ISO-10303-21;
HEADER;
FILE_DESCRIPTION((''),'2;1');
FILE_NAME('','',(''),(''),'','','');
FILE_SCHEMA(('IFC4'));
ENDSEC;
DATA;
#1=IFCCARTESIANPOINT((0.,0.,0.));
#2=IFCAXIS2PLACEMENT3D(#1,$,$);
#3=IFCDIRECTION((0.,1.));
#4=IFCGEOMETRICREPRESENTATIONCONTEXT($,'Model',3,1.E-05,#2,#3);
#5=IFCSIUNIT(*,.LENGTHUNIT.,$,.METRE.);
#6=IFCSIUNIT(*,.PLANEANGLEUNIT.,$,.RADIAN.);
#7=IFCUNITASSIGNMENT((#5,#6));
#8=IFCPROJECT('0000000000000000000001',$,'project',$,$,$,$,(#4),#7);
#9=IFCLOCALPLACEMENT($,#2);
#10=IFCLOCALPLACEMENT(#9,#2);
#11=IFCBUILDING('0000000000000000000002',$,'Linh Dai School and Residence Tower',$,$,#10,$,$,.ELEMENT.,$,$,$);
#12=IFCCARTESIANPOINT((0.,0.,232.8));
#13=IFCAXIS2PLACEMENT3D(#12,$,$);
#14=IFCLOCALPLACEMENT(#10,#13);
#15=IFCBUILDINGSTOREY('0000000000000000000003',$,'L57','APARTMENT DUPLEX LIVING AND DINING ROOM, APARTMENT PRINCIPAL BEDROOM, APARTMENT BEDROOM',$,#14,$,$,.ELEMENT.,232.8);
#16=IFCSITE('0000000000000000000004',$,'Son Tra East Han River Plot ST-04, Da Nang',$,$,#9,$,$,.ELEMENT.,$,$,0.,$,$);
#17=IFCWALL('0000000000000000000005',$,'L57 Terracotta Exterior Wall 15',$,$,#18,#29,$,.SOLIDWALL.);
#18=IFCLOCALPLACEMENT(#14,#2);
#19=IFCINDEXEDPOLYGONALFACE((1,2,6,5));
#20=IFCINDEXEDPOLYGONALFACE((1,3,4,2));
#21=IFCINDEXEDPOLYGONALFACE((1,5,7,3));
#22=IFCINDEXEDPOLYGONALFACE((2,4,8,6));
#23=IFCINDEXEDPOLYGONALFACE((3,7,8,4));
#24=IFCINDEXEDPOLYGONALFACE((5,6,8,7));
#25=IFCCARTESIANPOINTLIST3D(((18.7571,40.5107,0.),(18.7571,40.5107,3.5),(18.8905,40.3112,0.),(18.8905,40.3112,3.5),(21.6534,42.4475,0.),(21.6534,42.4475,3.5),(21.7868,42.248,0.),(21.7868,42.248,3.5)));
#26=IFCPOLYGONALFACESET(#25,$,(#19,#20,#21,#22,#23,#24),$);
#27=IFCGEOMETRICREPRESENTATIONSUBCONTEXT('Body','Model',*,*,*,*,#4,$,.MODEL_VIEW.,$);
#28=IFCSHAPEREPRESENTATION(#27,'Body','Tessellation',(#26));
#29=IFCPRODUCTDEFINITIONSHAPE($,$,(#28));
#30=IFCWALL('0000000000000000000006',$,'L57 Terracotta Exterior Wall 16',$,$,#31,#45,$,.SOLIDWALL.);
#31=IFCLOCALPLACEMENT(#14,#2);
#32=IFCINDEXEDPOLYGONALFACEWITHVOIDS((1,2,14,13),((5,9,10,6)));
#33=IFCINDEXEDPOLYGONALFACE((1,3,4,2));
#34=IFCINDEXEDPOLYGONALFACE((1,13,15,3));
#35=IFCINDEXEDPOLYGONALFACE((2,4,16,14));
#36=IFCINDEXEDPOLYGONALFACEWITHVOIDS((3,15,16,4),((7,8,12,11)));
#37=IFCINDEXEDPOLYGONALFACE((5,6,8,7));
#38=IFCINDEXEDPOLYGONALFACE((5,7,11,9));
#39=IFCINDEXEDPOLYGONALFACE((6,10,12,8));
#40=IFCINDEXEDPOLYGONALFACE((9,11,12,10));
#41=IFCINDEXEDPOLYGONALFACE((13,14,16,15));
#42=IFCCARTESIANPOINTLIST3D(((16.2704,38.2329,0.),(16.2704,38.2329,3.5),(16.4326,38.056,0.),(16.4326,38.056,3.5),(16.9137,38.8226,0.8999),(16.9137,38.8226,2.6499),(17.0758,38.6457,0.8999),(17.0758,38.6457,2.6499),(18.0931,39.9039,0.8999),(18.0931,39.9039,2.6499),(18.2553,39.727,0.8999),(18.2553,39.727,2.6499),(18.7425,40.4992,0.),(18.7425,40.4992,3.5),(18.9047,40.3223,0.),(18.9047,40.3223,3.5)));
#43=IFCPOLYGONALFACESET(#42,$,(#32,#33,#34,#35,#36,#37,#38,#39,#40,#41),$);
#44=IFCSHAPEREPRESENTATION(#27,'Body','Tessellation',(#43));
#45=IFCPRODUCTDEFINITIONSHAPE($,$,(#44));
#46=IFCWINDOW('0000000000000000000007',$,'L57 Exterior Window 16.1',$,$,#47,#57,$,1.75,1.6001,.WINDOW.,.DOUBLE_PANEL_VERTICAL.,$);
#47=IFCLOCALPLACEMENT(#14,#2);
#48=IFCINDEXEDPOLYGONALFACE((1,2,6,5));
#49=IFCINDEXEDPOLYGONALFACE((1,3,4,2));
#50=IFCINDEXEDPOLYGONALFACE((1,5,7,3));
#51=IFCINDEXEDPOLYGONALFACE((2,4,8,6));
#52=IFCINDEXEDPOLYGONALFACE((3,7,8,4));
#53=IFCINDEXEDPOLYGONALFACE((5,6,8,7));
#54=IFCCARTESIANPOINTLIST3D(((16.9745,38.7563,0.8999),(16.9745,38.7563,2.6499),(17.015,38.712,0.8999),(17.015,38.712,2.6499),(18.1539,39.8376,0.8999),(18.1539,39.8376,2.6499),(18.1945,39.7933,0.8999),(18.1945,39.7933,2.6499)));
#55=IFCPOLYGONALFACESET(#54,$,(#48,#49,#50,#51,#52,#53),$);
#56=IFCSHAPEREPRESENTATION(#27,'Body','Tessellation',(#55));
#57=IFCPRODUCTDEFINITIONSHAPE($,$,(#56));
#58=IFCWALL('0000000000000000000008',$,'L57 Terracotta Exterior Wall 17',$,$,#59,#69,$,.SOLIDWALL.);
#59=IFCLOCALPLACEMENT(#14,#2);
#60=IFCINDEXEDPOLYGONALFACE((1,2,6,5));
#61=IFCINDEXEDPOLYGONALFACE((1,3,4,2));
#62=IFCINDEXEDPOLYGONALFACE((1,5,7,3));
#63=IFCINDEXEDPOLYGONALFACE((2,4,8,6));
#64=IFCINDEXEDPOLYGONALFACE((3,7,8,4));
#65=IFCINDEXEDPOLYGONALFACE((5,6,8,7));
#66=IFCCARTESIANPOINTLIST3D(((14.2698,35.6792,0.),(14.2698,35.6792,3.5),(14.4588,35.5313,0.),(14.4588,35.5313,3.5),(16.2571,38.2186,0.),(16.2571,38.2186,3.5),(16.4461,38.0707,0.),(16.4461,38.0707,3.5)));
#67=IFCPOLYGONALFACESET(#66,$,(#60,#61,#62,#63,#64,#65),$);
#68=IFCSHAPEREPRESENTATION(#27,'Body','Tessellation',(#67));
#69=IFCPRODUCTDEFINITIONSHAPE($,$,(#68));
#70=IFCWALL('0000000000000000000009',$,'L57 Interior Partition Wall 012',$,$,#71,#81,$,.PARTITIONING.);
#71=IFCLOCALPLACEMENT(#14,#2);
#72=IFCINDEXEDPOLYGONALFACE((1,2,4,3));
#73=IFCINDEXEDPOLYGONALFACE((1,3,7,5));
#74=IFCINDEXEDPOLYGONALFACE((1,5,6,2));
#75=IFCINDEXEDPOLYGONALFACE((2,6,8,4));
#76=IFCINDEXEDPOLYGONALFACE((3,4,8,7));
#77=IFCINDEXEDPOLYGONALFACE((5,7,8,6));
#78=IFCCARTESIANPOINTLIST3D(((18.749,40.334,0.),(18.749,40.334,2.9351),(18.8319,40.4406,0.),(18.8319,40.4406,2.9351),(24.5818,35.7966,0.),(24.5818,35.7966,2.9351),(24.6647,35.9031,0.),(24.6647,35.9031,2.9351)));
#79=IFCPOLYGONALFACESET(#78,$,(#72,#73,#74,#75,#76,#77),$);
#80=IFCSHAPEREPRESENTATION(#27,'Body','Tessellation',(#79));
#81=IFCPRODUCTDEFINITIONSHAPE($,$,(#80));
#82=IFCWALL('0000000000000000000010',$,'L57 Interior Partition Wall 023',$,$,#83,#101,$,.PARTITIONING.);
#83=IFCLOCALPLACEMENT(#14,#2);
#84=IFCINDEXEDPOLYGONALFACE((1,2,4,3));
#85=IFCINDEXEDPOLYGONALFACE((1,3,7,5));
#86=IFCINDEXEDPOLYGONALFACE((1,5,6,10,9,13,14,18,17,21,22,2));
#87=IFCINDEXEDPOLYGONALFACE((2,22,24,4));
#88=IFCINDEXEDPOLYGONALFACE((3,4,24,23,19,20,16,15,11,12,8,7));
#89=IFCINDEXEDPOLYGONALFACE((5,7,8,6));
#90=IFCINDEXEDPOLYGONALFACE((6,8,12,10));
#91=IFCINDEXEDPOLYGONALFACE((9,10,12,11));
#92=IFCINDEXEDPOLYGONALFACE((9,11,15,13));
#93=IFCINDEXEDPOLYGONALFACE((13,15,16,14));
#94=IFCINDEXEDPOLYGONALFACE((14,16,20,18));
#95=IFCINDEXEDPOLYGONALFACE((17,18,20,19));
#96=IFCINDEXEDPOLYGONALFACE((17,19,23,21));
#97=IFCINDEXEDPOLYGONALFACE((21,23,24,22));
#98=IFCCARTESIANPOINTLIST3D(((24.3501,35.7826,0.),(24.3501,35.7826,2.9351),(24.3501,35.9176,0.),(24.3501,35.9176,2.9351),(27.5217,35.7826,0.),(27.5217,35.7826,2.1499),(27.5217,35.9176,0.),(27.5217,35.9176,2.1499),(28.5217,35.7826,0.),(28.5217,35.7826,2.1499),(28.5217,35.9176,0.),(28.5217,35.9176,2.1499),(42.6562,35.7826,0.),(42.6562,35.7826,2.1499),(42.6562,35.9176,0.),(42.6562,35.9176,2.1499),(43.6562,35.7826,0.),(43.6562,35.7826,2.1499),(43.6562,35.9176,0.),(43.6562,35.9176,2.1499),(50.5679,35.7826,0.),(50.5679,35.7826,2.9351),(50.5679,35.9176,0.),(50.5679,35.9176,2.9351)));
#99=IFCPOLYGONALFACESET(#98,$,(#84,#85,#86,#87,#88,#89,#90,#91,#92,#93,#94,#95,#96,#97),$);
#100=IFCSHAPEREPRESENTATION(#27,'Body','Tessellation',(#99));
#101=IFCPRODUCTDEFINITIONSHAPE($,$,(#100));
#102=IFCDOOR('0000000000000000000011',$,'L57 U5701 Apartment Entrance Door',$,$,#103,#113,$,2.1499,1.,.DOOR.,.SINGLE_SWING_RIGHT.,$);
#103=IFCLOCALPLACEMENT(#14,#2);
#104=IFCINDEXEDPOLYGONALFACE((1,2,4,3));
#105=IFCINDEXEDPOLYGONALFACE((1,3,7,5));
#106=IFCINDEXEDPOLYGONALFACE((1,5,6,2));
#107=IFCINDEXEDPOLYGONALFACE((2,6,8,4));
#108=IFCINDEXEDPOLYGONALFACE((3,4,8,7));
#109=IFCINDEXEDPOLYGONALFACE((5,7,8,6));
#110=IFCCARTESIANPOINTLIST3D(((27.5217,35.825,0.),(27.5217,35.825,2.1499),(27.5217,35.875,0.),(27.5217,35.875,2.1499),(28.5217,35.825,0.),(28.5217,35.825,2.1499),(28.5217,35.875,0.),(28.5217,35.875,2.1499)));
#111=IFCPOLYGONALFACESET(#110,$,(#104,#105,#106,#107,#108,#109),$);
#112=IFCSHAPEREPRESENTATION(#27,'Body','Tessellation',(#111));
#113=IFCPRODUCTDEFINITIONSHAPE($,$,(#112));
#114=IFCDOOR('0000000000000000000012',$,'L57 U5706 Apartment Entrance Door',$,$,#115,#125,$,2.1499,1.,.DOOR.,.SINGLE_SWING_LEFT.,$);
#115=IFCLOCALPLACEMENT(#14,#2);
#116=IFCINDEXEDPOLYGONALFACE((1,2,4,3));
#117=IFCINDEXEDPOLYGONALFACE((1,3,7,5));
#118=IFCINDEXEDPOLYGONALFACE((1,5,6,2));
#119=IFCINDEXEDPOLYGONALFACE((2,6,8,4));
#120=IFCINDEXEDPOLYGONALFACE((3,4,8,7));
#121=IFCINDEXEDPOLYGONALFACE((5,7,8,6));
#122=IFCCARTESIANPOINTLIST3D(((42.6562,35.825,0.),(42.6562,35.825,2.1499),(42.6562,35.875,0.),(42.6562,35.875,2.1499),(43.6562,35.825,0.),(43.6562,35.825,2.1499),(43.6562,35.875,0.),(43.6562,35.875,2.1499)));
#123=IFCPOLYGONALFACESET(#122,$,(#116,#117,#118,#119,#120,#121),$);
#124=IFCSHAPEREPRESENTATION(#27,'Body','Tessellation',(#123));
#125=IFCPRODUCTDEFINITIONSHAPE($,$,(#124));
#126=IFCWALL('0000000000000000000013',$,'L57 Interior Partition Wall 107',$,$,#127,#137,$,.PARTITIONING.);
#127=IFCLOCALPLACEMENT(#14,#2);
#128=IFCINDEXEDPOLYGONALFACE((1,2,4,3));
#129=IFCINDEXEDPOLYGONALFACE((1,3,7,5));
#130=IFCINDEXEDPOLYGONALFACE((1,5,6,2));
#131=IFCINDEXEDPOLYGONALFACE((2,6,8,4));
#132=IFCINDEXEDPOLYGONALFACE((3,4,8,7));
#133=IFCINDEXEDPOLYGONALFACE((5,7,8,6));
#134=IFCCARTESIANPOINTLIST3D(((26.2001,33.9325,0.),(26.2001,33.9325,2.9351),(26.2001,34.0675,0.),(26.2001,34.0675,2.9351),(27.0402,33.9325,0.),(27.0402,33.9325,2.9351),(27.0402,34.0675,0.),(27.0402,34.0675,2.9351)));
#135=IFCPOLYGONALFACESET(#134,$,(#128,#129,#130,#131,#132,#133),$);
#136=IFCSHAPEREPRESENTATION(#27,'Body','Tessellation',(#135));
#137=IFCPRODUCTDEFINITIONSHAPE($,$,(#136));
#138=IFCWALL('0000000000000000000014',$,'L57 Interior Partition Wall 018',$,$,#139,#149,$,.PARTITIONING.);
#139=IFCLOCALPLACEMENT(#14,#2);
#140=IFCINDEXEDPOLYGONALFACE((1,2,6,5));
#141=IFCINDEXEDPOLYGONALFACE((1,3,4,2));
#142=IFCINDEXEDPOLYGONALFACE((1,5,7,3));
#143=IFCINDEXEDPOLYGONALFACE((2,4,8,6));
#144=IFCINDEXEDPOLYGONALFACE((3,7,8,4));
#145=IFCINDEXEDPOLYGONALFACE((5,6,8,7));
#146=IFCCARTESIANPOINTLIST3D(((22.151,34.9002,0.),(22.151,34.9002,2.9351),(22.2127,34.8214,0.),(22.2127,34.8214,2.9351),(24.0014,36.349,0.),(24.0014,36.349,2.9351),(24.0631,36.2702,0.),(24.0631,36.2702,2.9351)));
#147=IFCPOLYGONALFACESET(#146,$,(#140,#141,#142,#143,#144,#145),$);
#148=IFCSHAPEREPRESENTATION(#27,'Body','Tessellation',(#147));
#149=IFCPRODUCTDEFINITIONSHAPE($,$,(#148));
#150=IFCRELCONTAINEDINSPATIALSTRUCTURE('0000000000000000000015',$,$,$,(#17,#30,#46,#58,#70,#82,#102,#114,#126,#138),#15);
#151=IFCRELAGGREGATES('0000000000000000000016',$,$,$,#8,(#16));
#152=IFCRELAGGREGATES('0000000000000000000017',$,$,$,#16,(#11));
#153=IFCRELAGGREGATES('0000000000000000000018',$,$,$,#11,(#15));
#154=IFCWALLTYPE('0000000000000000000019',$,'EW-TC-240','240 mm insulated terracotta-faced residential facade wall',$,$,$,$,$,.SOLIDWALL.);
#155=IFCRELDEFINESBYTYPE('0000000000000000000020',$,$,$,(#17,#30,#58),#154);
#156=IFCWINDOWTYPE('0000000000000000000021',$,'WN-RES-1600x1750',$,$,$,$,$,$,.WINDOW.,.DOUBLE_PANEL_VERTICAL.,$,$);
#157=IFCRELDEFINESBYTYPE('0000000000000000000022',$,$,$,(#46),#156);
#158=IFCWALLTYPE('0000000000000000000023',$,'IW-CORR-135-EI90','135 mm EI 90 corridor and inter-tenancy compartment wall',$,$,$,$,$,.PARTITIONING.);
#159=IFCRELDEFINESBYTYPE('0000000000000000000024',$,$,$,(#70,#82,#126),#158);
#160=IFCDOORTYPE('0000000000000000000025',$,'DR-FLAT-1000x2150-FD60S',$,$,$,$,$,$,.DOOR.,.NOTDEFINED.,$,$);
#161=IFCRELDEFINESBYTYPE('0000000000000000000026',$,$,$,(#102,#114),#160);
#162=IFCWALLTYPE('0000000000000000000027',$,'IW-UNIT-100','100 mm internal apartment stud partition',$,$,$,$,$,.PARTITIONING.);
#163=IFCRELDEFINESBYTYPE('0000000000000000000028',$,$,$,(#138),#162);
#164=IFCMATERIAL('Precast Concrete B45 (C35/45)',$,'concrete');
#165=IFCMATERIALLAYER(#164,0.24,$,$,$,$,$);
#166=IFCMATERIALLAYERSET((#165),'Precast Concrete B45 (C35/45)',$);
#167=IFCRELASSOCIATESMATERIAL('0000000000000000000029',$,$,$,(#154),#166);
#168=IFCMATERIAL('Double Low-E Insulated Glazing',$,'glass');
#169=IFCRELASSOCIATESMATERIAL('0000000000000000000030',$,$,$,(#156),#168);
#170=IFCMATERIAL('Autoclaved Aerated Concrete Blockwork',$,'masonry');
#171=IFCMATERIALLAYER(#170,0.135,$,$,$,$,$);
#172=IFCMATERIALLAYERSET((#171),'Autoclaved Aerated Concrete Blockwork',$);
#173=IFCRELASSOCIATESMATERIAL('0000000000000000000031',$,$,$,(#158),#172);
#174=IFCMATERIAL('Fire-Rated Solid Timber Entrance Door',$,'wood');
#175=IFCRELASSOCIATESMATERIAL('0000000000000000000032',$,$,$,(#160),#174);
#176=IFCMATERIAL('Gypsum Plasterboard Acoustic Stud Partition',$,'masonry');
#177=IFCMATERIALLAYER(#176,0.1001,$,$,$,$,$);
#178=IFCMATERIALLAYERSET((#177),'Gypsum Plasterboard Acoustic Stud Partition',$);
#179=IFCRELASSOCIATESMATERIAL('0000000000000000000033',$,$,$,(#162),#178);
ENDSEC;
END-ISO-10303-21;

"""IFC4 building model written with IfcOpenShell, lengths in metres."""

from ifc_helpers import new_model, si_unit, direction, frame, frame_2d, origin, origin_2d, place, context, subcontext, project, spatial, rectangle, extrude, source, transform, mapped, material, layer, layer_set, type_object, element, fill, save


model = new_model("IFC4")

# Units and contexts
model_context = context("Model", 3, precision=1e-05, world=origin(), true_north=direction((0.0, 1.0)))
body_context = subcontext(model_context, "Body", "Model", "MODEL_VIEW")
ifc_project = project(units=[si_unit("LENGTHUNIT", "METRE"), si_unit("PLANEANGLEUNIT", "RADIAN")], contexts=[model_context])

# Site, building, storey
site_placement = place(None, origin())
site = spatial("IfcSite", under=ifc_project, at=site_placement, Name="Son Tra East Han River Plot ST-04, Da Nang", CompositionType="ELEMENT", RefElevation=0.0)
building_placement = place(site_placement, origin())
building = spatial("IfcBuilding", under=site, at=building_placement, Name="Linh Dai School and Residence Tower", CompositionType="ELEMENT")
storey_placement = place(building_placement, frame((0.0, 0.0, 232.8)))
storey = spatial("IfcBuildingStorey", under=building, at=storey_placement, Name="L57", Description="APARTMENT DUPLEX LIVING AND DINING ROOM, APARTMENT PRINCIPAL BEDROOM, APARTMENT BEDROOM", CompositionType="ELEMENT", Elevation=232.8)

# Shared definitions
ifc_material_1 = material(Name="Precast Concrete B45 (C35/45)", Category="concrete")

# Shared definitions
ifc_layer_1 = layer(ifc_material_1, 0.24)
ifc_layer_set_1 = layer_set([ifc_layer_1], Name="Precast Concrete B45 (C35/45)")
wall_type_1 = type_object("IfcWallType", Name="EW-TC-240", Description="240 mm insulated terracotta-faced residential facade wall", PredefinedType="SOLIDWALL", material=ifc_layer_set_1)

# Shared definitions
ifc_material_2 = material(Name="Double Low-E Insulated Glazing", Category="glass")

# Wall
wall_1_placement = place(storey_placement, frame((18.8237, 40.4109, 0.0), z_axis=(0.0, 0.0, 1.0), x_axis=(0.831262, 0.55588, 0.0)))
element("IfcWall", 1, at=wall_1_placement, inside=storey, type_object=wall_type_1, Name="L57 Terracotta Exterior Wall 15", PredefinedType="SOLIDWALL", context=body_context, shape_type="SweptSolid", body=[
    extrude(rectangle(XDim=3.4841, YDim=0.24, at=frame_2d((1.7422, 0.0))), origin(), (0.0, 0.0, 1.0), 3.5),
])

# Wall, opening, window
wall_2_placement = place(storey_placement, frame((16.3516, 38.1445, 0.0), z_axis=(0.0, 0.0, 1.0), x_axis=(0.737124, 0.675758, 0.0)))
wall_2 = element("IfcWall", 2, at=wall_2_placement, inside=storey, type_object=wall_type_1, Name="L57 Terracotta Exterior Wall 16", PredefinedType="SOLIDWALL", context=body_context, shape_type="SweptSolid", body=[
    extrude(rectangle(XDim=3.3538, YDim=0.24, at=frame_2d((1.6768, 0.0))), origin(), (0.0, 0.0, 1.0), 3.5),
])
opening_1_placement = place(wall_2_placement, frame((0.8726, 0.0, 0.8999)))
opening_1 = element("IfcOpeningElement", 3, at=opening_1_placement, cuts=wall_2, PredefinedType="OPENING", context=body_context, shape_type="SweptSolid", body=[
    extrude(rectangle(XDim=1.6001, YDim=1.75, at=origin_2d()), frame((0.8, 0.1299, 0.875), z_axis=(0.0, -1.0, 0.0), x_axis=(1.0, 0.0, 0.0)), (0.0, 0.0, 1.0), 0.26),
])
window_type_1 = type_object("IfcWindowType", Name="WN-RES-1600x1750", PartitioningType="DOUBLE_PANEL_VERTICAL", PredefinedType="WINDOW", material=ifc_material_2)
shared_shape_1 = source(origin(), body_context, "Body", "SweptSolid", [
    extrude(rectangle(XDim=1.6001, YDim=1.75, at=origin_2d()), frame((0.8, 0.03, 0.875), z_axis=(0.0, -1.0, 0.0), x_axis=(1.0, 0.0, 0.0)), (0.0, 0.0, 1.0), 0.0601),
])
window_1_placement = place(opening_1_placement, origin())
window_1 = element("IfcWindow", 4, at=window_1_placement, inside=storey, type_object=window_type_1, Name="L57 Exterior Window 16.1", OverallHeight=1.75, OverallWidth=1.6001, PartitioningType="DOUBLE_PANEL_VERTICAL", PredefinedType="WINDOW", context=body_context, shape_type="MappedRepresentation", body=[
    mapped(shared_shape_1, transform((0.0, 0.0, 0.0), x_axis=(1.0, 0.0, 0.0), y_axis=(0.0, 1.0, 0.0), z_axis=(0.0, 0.0, 1.0), scale=1.0)),
])
fill(opening_1, window_1)

# Walls
wall_3_placement = place(storey_placement, frame((14.3643, 35.6052, 0.0), z_axis=(0.0, 0.0, 1.0), x_axis=(0.616312, 0.787502, 0.0)))
element("IfcWall", 5, at=wall_3_placement, inside=storey, type_object=wall_type_1, Name="L57 Terracotta Exterior Wall 17", PredefinedType="SOLIDWALL", context=body_context, shape_type="SweptSolid", body=[
    extrude(rectangle(XDim=3.2246, YDim=0.24, at=frame_2d((1.6123, 0.0))), origin(), (0.0, 0.0, 1.0), 3.5),
])
ifc_material_3 = material(Name="Autoclaved Aerated Concrete Blockwork", Category="masonry")
ifc_layer_2 = layer(ifc_material_3, 0.135)
ifc_layer_set_2 = layer_set([ifc_layer_2], Name="Autoclaved Aerated Concrete Blockwork")
wall_type_2 = type_object("IfcWallType", Name="IW-CORR-135-EI90", Description="135 mm EI 90 corridor and inter-tenancy compartment wall", PredefinedType="PARTITIONING", material=ifc_layer_set_2)
wall_4_placement = place(storey_placement, frame((18.7905, 40.3872, 0.0), z_axis=(0.0, 0.0, 1.0), x_axis=(0.789302, -0.614005, 0.0)))
element("IfcWall", 6, at=wall_4_placement, inside=storey, type_object=wall_type_2, Name="L57 Interior Partition Wall 012", PredefinedType="PARTITIONING", context=body_context, shape_type="SweptSolid", body=[
    extrude(rectangle(XDim=7.3899, YDim=0.135, at=frame_2d((3.6948, 0.0))), origin(), (0.0, 0.0, 1.0), 2.9351),
])

# Wall, openings, doors
wall_5_placement = place(storey_placement, frame((24.3501, 35.8501, 0.0), z_axis=(0.0, 0.0, 1.0), x_axis=(1.0, 0.0, 0.0)))
wall_5 = element("IfcWall", 7, at=wall_5_placement, inside=storey, type_object=wall_type_2, Name="L57 Interior Partition Wall 023", PredefinedType="PARTITIONING", context=body_context, shape_type="SweptSolid", body=[
    extrude(rectangle(XDim=26.2178, YDim=0.135, at=frame_2d((13.1089, 0.0))), origin(), (0.0, 0.0, 1.0), 2.9351),
])
opening_2_placement = place(wall_5_placement, frame((3.1716, 0.0, 0.0)))
opening_2 = element("IfcOpeningElement", 8, at=opening_2_placement, cuts=wall_5, PredefinedType="OPENING", context=body_context, shape_type="SweptSolid", body=[
    extrude(rectangle(XDim=1.0, YDim=2.1499, at=origin_2d()), frame((0.5, 0.0776, 1.075), z_axis=(0.0, -1.0, 0.0), x_axis=(1.0, 0.0, 0.0)), (0.0, 0.0, 1.0), 0.155),
])
opening_3_placement = place(wall_5_placement, frame((18.3062, 0.0, 0.0)))
opening_3 = element("IfcOpeningElement", 9, at=opening_3_placement, cuts=wall_5, PredefinedType="OPENING", context=body_context, shape_type="SweptSolid", body=[
    extrude(rectangle(XDim=1.0, YDim=2.1499, at=origin_2d()), frame((0.5, 0.0776, 1.075), z_axis=(0.0, -1.0, 0.0), x_axis=(1.0, 0.0, 0.0)), (0.0, 0.0, 1.0), 0.155),
])
ifc_material_4 = material(Name="Fire-Rated Solid Timber Entrance Door", Category="wood")
door_type_1 = type_object("IfcDoorType", Name="DR-FLAT-1000x2150-FD60S", OperationType="NOTDEFINED", PredefinedType="DOOR", material=ifc_material_4)
shared_shape_2 = source(origin(), body_context, "Body", "SweptSolid", [
    extrude(rectangle(XDim=1.0, YDim=2.1499, at=origin_2d()), frame((0.5, 0.0249, 1.075), z_axis=(0.0, -1.0, 0.0), x_axis=(1.0, 0.0, 0.0)), (0.0, 0.0, 1.0), 0.05),
])
door_1_placement = place(opening_2_placement, origin())
door_1 = element("IfcDoor", 10, at=door_1_placement, inside=storey, type_object=door_type_1, Name="L57 U5701 Apartment Entrance Door", OperationType="SINGLE_SWING_RIGHT", OverallHeight=2.1499, OverallWidth=1.0, PredefinedType="DOOR", context=body_context, shape_type="MappedRepresentation", body=[
    mapped(shared_shape_2, transform((0.0, 0.0, 0.0), x_axis=(1.0, 0.0, 0.0), y_axis=(0.0, 1.0, 0.0), z_axis=(0.0, 0.0, 1.0), scale=1.0)),
])
fill(opening_2, door_1)
door_2_placement = place(opening_3_placement, origin())
door_2 = element("IfcDoor", 11, at=door_2_placement, inside=storey, type_object=door_type_1, Name="L57 U5706 Apartment Entrance Door", OperationType="SINGLE_SWING_LEFT", OverallHeight=2.1499, OverallWidth=1.0, PredefinedType="DOOR", context=body_context, shape_type="MappedRepresentation", body=[
    mapped(shared_shape_2, transform((0.0, 0.0, 0.0), x_axis=(1.0, 0.0, 0.0), y_axis=(0.0, 1.0, 0.0), z_axis=(0.0, 0.0, 1.0), scale=1.0)),
])
fill(opening_3, door_2)

# Walls
wall_6_placement = place(storey_placement, frame((27.04, 34.0, 0.0), z_axis=(0.0, 0.0, 1.0), x_axis=(-1.0, 0.0, 0.0)))
element("IfcWall", 12, at=wall_6_placement, inside=storey, type_object=wall_type_2, Name="L57 Interior Partition Wall 107", PredefinedType="PARTITIONING", context=body_context, shape_type="SweptSolid", body=[
    extrude(rectangle(XDim=0.8401, YDim=0.135, at=frame_2d((0.4199, 0.0))), origin(), (0.0, 0.0, 1.0), 2.9351),
])
ifc_material_5 = material(Name="Gypsum Plasterboard Acoustic Stud Partition", Category="masonry")
ifc_layer_3 = layer(ifc_material_5, 0.1001)
ifc_layer_set_3 = layer_set([ifc_layer_3], Name="Gypsum Plasterboard Acoustic Stud Partition")
wall_type_3 = type_object("IfcWallType", Name="IW-UNIT-100", Description="100 mm internal apartment stud partition", PredefinedType="PARTITIONING", material=ifc_layer_set_3)
wall_7_placement = place(storey_placement, frame((22.1819, 34.8608, 0.0), z_axis=(0.0, 0.0, 1.0), x_axis=(0.787373, 0.616476, 0.0)))
element("IfcWall", 13, at=wall_7_placement, inside=storey, type_object=wall_type_3, Name="L57 Interior Partition Wall 018", PredefinedType="PARTITIONING", context=body_context, shape_type="SweptSolid", body=[
    extrude(rectangle(XDim=2.3501, YDim=0.1001, at=frame_2d((1.175, 0.0))), origin(), (0.0, 0.0, 1.0), 2.9351),
])

save(model, "model.ifc")
